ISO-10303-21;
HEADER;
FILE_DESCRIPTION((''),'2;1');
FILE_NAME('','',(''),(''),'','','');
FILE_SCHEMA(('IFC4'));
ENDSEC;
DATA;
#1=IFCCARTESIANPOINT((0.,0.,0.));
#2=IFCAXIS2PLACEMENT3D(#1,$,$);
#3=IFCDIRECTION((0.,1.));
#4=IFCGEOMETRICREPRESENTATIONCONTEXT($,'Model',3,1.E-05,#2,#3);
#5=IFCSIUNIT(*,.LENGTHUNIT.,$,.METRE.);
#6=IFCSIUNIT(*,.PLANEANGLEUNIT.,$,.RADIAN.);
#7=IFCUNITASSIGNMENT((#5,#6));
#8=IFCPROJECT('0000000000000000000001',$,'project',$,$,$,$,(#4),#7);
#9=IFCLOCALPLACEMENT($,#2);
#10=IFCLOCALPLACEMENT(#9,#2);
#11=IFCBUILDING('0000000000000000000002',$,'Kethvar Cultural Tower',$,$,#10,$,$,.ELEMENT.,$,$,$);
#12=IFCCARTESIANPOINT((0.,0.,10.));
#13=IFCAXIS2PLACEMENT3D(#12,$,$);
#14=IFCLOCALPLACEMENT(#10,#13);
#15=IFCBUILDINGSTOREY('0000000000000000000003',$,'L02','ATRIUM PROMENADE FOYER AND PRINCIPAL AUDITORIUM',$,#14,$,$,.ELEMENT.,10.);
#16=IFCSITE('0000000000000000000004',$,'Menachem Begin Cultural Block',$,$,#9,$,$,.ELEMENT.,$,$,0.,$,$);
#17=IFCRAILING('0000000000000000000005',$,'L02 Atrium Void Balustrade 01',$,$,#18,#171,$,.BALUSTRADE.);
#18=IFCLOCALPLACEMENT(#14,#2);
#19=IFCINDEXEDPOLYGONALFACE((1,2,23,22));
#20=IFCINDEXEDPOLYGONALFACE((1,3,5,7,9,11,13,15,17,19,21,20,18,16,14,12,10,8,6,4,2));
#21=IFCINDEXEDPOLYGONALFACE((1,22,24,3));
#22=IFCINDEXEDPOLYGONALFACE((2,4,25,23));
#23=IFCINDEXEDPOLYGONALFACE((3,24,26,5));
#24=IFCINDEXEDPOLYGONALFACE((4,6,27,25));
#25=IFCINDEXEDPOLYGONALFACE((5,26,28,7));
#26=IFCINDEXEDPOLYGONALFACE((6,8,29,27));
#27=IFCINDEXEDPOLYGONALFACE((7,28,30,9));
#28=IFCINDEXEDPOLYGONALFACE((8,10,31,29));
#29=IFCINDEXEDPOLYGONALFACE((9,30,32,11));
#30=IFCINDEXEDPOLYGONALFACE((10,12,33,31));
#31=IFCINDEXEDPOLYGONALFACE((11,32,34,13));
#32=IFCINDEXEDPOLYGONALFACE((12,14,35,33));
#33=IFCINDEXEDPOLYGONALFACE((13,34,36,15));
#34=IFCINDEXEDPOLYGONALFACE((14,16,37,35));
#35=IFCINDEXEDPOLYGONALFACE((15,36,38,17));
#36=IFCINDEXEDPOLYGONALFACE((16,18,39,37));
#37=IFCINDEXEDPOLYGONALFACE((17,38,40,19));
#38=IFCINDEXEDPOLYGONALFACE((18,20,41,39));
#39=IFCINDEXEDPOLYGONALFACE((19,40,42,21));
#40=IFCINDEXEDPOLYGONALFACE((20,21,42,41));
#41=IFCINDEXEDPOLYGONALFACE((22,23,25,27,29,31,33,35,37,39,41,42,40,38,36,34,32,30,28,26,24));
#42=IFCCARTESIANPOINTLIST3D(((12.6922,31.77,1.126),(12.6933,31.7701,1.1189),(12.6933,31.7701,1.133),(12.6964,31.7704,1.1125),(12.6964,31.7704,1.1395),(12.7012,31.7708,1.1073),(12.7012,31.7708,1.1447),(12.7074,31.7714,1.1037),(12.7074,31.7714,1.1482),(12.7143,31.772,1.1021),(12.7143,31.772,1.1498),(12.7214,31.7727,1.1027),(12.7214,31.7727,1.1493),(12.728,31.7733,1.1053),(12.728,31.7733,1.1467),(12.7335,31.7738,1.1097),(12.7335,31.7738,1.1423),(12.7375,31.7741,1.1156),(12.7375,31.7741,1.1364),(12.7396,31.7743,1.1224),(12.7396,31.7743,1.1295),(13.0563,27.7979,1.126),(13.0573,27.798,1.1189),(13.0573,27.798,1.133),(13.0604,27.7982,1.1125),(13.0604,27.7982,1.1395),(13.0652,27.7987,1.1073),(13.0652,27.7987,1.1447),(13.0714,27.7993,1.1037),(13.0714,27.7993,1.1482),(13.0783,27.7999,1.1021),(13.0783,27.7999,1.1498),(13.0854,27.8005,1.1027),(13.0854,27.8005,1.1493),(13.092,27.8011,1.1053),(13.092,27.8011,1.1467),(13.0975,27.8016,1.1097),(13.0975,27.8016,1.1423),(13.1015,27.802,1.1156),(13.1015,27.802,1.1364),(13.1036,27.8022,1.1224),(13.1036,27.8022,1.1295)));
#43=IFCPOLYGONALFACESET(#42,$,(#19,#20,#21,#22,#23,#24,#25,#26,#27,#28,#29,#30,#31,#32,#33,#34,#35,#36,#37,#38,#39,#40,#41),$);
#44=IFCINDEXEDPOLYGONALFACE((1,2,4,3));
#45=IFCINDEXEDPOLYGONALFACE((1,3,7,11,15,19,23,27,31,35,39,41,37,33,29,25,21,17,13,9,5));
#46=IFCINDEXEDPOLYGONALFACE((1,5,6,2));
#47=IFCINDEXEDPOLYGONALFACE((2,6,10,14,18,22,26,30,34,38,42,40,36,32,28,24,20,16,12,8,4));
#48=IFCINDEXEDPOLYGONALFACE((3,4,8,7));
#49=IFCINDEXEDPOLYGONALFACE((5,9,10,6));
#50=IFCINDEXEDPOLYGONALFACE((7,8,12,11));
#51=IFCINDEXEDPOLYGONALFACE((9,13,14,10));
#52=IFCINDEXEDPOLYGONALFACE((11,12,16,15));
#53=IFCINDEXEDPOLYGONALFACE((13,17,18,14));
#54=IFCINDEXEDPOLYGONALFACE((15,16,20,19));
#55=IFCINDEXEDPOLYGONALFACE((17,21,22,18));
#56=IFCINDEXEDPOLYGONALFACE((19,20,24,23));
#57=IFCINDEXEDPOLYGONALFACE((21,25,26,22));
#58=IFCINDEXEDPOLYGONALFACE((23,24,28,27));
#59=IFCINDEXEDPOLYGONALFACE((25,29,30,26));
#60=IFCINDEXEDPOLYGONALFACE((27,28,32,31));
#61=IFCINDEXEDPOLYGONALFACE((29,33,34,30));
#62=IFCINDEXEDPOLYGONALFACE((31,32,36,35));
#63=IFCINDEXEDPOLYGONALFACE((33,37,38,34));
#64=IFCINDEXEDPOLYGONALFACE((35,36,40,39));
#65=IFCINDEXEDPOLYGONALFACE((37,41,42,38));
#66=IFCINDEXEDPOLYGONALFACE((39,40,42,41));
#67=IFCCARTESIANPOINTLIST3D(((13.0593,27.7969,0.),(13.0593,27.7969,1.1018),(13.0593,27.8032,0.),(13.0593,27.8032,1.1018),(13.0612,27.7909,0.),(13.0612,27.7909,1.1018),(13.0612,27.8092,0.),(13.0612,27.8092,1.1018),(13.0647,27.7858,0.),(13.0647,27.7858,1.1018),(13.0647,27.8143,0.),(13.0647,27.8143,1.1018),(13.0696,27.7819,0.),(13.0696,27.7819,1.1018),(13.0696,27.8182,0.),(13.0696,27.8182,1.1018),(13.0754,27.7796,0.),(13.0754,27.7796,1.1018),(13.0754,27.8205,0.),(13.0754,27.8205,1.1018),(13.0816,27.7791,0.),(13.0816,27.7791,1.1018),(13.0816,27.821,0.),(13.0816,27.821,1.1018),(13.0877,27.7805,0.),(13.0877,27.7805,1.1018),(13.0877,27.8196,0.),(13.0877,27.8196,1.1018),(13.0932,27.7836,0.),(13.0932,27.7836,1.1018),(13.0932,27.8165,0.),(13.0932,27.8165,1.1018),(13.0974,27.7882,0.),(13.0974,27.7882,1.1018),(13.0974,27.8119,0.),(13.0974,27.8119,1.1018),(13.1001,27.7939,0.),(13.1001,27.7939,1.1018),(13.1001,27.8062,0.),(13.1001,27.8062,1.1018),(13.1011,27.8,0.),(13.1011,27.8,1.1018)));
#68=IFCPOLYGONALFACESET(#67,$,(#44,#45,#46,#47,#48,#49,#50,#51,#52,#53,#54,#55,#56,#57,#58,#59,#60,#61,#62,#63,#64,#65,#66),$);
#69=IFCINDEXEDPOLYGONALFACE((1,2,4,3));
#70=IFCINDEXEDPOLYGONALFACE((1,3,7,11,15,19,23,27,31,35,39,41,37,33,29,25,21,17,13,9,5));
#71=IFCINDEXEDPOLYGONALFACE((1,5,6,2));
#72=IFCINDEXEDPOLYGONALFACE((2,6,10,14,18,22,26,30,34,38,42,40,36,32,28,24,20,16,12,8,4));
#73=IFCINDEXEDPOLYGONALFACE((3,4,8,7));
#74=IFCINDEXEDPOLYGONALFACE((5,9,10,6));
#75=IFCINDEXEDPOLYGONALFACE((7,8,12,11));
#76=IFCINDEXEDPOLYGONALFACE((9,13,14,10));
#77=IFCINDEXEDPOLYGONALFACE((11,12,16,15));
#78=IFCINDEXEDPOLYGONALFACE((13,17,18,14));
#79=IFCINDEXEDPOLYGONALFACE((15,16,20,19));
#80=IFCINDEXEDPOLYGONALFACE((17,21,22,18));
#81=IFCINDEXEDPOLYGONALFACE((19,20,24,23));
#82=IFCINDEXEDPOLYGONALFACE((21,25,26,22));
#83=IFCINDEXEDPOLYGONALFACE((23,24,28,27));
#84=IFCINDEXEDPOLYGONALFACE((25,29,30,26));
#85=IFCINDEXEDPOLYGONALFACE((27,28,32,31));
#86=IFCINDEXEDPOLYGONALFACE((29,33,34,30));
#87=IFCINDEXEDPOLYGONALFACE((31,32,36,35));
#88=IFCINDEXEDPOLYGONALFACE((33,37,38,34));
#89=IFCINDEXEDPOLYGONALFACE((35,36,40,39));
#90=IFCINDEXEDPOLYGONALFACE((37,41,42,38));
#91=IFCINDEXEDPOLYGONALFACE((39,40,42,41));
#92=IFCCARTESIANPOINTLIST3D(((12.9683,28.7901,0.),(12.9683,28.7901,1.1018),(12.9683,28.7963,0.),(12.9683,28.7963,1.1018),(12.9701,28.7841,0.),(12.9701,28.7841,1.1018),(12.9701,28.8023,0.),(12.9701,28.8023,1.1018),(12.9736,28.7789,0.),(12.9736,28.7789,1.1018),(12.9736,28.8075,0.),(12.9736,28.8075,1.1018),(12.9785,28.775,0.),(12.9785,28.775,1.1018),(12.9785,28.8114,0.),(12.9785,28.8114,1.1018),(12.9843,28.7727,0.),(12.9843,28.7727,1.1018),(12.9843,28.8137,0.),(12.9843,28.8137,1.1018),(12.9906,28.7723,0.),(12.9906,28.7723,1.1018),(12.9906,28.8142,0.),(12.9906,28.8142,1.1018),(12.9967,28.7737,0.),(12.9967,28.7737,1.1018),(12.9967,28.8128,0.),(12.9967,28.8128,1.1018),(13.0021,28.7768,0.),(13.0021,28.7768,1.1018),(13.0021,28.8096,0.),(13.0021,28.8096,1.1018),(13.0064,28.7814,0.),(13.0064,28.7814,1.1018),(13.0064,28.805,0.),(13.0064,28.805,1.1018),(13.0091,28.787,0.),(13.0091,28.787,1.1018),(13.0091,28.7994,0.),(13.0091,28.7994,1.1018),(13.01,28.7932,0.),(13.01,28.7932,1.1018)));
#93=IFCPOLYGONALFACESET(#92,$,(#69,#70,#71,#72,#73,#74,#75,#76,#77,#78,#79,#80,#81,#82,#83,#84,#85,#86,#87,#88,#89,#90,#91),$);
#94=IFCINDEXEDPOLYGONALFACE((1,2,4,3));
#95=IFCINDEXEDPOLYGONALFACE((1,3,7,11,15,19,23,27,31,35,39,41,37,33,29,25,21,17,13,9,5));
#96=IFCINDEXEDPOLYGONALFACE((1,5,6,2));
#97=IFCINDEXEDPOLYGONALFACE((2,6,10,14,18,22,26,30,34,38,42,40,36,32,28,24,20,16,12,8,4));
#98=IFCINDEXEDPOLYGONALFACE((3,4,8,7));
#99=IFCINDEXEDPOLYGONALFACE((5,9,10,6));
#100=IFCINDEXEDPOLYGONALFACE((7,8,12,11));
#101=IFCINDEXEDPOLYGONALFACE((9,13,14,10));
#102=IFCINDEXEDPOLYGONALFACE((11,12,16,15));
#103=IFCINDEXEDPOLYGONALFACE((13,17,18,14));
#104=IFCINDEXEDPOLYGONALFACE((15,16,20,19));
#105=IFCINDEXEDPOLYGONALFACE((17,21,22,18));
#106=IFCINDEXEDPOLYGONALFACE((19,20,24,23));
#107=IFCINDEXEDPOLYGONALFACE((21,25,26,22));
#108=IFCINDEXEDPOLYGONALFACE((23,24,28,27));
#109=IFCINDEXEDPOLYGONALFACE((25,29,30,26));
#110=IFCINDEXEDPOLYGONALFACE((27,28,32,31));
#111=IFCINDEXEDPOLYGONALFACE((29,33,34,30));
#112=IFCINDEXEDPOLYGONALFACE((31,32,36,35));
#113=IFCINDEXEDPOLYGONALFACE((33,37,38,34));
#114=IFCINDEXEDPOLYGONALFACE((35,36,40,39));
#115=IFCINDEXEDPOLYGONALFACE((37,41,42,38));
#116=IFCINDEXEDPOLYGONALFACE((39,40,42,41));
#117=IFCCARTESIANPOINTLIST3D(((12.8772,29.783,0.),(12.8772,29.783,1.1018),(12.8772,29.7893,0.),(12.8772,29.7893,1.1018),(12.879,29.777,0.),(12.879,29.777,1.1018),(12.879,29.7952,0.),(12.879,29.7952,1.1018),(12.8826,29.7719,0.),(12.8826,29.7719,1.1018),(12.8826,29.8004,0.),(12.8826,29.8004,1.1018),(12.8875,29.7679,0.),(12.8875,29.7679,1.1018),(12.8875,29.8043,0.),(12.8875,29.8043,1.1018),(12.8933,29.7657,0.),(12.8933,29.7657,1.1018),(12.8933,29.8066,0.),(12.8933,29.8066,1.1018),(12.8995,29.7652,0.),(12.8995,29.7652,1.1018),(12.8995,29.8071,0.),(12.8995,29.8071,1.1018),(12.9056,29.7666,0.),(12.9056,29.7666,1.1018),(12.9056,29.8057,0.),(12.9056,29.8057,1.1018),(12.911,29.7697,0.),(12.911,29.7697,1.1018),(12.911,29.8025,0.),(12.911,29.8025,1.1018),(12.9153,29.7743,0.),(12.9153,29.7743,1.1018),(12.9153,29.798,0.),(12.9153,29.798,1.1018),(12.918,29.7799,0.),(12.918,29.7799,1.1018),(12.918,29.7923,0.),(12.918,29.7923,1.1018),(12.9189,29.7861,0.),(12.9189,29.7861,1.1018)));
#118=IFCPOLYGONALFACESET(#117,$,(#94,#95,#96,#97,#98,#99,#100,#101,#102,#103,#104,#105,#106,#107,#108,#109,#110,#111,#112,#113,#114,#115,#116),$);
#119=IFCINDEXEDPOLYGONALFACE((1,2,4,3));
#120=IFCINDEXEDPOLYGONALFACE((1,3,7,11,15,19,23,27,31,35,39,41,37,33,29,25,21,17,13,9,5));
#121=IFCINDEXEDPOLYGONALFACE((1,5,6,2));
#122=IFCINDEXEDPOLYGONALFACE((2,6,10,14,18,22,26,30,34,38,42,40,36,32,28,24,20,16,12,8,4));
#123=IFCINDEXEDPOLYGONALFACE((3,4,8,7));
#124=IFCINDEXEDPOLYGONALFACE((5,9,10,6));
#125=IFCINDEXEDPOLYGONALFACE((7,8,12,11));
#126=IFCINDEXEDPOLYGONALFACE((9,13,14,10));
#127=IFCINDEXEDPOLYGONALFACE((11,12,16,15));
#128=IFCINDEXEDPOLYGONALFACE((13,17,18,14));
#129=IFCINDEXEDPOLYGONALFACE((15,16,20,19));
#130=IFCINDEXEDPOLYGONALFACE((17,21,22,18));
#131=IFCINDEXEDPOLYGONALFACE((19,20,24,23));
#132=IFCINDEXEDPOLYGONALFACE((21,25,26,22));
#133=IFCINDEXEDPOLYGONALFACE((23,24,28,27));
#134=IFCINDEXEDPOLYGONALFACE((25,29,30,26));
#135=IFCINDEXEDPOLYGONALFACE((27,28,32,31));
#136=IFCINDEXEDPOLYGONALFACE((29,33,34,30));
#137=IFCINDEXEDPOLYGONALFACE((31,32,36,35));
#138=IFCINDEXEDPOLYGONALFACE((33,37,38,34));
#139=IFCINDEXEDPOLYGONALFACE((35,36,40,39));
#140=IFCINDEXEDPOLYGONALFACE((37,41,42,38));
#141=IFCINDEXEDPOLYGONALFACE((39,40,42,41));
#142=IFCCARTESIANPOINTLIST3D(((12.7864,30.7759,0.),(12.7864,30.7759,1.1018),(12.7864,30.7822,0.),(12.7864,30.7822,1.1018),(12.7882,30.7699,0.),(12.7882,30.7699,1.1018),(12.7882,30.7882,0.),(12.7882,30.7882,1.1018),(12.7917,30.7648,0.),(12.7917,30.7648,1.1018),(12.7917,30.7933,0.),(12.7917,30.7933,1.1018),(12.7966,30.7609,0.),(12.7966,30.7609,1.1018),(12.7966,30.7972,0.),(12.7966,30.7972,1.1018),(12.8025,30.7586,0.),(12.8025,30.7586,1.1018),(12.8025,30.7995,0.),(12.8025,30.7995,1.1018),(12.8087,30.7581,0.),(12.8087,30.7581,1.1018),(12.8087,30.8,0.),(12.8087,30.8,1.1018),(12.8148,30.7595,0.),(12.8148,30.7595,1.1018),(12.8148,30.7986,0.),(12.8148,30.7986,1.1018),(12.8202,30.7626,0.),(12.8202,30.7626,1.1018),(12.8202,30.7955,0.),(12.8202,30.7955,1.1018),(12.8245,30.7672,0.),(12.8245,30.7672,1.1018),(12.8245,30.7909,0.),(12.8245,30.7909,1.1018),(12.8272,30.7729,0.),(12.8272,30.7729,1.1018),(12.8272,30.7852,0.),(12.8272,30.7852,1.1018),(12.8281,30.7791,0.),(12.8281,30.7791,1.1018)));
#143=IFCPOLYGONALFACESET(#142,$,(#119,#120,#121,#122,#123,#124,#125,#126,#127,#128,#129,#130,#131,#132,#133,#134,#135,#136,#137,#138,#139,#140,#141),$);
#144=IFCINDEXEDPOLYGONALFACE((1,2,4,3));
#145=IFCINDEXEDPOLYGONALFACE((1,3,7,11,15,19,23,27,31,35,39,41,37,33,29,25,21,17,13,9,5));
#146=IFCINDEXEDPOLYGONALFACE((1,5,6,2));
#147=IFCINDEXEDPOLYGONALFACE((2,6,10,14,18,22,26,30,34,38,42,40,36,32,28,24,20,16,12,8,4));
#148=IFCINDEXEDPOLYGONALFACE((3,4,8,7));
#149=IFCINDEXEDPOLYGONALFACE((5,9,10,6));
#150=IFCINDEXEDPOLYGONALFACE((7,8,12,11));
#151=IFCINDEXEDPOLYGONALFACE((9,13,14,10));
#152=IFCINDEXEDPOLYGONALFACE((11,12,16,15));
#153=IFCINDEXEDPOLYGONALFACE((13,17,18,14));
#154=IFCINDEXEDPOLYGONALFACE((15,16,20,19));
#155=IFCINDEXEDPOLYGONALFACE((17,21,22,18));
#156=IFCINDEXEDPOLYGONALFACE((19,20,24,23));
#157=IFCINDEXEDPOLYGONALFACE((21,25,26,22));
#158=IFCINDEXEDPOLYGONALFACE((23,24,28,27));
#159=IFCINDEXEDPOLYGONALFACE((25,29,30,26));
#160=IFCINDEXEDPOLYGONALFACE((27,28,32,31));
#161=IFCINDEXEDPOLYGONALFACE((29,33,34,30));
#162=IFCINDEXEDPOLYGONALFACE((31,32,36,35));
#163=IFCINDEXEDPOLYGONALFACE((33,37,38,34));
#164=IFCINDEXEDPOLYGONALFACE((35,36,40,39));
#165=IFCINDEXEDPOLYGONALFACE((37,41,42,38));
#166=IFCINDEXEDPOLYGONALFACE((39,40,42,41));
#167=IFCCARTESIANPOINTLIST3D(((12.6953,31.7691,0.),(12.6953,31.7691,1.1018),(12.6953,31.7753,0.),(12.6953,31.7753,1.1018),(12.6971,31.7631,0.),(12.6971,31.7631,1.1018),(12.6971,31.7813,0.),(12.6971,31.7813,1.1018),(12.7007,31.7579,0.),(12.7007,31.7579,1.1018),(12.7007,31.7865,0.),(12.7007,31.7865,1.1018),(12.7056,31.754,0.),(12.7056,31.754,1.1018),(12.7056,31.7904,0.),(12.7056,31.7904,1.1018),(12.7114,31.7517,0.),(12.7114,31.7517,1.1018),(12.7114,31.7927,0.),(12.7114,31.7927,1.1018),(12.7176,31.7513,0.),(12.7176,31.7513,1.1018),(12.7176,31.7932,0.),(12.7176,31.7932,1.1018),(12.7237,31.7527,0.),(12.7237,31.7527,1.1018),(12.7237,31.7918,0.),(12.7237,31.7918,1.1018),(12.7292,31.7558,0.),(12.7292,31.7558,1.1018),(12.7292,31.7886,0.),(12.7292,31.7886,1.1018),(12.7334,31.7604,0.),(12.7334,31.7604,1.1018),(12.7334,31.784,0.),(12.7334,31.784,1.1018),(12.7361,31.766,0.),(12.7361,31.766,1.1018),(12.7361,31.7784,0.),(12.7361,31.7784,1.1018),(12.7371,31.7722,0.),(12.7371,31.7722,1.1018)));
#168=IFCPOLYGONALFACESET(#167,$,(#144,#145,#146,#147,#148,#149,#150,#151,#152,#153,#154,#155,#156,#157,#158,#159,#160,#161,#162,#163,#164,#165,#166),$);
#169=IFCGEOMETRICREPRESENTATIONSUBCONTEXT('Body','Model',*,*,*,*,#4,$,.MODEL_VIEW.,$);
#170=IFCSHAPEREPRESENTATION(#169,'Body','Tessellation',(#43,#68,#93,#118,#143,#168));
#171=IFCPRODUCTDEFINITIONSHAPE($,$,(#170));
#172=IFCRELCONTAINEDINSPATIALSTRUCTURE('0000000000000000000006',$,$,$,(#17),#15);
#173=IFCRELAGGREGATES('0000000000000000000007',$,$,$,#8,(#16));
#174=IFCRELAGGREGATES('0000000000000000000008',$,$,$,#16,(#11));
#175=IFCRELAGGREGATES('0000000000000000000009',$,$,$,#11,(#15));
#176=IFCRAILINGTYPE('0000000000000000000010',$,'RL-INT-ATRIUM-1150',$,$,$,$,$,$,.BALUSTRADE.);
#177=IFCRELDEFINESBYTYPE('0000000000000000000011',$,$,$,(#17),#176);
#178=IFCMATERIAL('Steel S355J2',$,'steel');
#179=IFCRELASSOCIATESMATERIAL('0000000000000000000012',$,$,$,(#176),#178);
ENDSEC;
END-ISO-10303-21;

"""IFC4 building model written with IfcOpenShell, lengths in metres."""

from ifc_helpers import new_model, si_unit, direction, frame, origin, origin_2d, place, context, subcontext, project, spatial, circle, extrude, material, type_object, element, save


model = new_model("IFC4")

# Units and contexts
model_context = context("Model", 3, precision=1e-05, world=origin(), true_north=direction((0.0, 1.0)))
body_context = subcontext(model_context, "Body", "Model", "MODEL_VIEW")
ifc_project = project(units=[si_unit("LENGTHUNIT", "METRE"), si_unit("PLANEANGLEUNIT", "RADIAN")], contexts=[model_context])

# Site, building, storey
site_placement = place(None, origin())
site = spatial("IfcSite", under=ifc_project, at=site_placement, Name="Menachem Begin Cultural Block", CompositionType="ELEMENT", RefElevation=0.0)
building_placement = place(site_placement, origin())
building = spatial("IfcBuilding", under=site, at=building_placement, Name="Kethvar Cultural Tower", CompositionType="ELEMENT")
storey_placement = place(building_placement, frame((0.0, 0.0, 10.0)))
storey = spatial("IfcBuildingStorey", under=building, at=storey_placement, Name="L02", Description="ATRIUM PROMENADE FOYER AND PRINCIPAL AUDITORIUM", CompositionType="ELEMENT", Elevation=10.0)

# Shared definitions
ifc_material_1 = material(Name="Steel S355J2", Category="steel")

# Railing
railing_type = type_object("IfcRailingType", Name="RL-INT-ATRIUM-1150", PredefinedType="BALUSTRADE", material=ifc_material_1)
railing_1_placement = place(storey_placement, frame((13.0801, 27.8, 0.0)))
element("IfcRailing", 1, at=railing_1_placement, inside=storey, type_object=railing_type, Name="L02 Atrium Void Balustrade 01", PredefinedType="BALUSTRADE", context=body_context, shape_type="SweptSolid", body=[
    extrude(circle(Radius=0.0239, at=origin_2d()), frame((0.0, 0.0, 1.126), z_axis=(-0.091259, 0.995827, 0.0), x_axis=(-0.995827, -0.091259, 0.0)), (0.0, 0.0, 1.0), 3.9888),
    extrude(circle(Radius=0.021, at=origin_2d()), origin(), (0.0, 0.0, 1.0), 1.1018),
    extrude(circle(Radius=0.021, at=origin_2d()), frame((-0.0911, 0.9932, 0.0)), (0.0, 0.0, 1.0), 1.1018),
    extrude(circle(Radius=0.021, at=origin_2d()), frame((-0.1821, 1.9861, 0.0)), (0.0, 0.0, 1.0), 1.1018),
    extrude(circle(Radius=0.021, at=origin_2d()), frame((-0.2729, 2.979, 0.0)), (0.0, 0.0, 1.0), 1.1018),
    extrude(circle(Radius=0.021, at=origin_2d()), frame((-0.364, 3.9722, 0.0)), (0.0, 0.0, 1.0), 1.1018),
])

save(model, "model.ifc")
